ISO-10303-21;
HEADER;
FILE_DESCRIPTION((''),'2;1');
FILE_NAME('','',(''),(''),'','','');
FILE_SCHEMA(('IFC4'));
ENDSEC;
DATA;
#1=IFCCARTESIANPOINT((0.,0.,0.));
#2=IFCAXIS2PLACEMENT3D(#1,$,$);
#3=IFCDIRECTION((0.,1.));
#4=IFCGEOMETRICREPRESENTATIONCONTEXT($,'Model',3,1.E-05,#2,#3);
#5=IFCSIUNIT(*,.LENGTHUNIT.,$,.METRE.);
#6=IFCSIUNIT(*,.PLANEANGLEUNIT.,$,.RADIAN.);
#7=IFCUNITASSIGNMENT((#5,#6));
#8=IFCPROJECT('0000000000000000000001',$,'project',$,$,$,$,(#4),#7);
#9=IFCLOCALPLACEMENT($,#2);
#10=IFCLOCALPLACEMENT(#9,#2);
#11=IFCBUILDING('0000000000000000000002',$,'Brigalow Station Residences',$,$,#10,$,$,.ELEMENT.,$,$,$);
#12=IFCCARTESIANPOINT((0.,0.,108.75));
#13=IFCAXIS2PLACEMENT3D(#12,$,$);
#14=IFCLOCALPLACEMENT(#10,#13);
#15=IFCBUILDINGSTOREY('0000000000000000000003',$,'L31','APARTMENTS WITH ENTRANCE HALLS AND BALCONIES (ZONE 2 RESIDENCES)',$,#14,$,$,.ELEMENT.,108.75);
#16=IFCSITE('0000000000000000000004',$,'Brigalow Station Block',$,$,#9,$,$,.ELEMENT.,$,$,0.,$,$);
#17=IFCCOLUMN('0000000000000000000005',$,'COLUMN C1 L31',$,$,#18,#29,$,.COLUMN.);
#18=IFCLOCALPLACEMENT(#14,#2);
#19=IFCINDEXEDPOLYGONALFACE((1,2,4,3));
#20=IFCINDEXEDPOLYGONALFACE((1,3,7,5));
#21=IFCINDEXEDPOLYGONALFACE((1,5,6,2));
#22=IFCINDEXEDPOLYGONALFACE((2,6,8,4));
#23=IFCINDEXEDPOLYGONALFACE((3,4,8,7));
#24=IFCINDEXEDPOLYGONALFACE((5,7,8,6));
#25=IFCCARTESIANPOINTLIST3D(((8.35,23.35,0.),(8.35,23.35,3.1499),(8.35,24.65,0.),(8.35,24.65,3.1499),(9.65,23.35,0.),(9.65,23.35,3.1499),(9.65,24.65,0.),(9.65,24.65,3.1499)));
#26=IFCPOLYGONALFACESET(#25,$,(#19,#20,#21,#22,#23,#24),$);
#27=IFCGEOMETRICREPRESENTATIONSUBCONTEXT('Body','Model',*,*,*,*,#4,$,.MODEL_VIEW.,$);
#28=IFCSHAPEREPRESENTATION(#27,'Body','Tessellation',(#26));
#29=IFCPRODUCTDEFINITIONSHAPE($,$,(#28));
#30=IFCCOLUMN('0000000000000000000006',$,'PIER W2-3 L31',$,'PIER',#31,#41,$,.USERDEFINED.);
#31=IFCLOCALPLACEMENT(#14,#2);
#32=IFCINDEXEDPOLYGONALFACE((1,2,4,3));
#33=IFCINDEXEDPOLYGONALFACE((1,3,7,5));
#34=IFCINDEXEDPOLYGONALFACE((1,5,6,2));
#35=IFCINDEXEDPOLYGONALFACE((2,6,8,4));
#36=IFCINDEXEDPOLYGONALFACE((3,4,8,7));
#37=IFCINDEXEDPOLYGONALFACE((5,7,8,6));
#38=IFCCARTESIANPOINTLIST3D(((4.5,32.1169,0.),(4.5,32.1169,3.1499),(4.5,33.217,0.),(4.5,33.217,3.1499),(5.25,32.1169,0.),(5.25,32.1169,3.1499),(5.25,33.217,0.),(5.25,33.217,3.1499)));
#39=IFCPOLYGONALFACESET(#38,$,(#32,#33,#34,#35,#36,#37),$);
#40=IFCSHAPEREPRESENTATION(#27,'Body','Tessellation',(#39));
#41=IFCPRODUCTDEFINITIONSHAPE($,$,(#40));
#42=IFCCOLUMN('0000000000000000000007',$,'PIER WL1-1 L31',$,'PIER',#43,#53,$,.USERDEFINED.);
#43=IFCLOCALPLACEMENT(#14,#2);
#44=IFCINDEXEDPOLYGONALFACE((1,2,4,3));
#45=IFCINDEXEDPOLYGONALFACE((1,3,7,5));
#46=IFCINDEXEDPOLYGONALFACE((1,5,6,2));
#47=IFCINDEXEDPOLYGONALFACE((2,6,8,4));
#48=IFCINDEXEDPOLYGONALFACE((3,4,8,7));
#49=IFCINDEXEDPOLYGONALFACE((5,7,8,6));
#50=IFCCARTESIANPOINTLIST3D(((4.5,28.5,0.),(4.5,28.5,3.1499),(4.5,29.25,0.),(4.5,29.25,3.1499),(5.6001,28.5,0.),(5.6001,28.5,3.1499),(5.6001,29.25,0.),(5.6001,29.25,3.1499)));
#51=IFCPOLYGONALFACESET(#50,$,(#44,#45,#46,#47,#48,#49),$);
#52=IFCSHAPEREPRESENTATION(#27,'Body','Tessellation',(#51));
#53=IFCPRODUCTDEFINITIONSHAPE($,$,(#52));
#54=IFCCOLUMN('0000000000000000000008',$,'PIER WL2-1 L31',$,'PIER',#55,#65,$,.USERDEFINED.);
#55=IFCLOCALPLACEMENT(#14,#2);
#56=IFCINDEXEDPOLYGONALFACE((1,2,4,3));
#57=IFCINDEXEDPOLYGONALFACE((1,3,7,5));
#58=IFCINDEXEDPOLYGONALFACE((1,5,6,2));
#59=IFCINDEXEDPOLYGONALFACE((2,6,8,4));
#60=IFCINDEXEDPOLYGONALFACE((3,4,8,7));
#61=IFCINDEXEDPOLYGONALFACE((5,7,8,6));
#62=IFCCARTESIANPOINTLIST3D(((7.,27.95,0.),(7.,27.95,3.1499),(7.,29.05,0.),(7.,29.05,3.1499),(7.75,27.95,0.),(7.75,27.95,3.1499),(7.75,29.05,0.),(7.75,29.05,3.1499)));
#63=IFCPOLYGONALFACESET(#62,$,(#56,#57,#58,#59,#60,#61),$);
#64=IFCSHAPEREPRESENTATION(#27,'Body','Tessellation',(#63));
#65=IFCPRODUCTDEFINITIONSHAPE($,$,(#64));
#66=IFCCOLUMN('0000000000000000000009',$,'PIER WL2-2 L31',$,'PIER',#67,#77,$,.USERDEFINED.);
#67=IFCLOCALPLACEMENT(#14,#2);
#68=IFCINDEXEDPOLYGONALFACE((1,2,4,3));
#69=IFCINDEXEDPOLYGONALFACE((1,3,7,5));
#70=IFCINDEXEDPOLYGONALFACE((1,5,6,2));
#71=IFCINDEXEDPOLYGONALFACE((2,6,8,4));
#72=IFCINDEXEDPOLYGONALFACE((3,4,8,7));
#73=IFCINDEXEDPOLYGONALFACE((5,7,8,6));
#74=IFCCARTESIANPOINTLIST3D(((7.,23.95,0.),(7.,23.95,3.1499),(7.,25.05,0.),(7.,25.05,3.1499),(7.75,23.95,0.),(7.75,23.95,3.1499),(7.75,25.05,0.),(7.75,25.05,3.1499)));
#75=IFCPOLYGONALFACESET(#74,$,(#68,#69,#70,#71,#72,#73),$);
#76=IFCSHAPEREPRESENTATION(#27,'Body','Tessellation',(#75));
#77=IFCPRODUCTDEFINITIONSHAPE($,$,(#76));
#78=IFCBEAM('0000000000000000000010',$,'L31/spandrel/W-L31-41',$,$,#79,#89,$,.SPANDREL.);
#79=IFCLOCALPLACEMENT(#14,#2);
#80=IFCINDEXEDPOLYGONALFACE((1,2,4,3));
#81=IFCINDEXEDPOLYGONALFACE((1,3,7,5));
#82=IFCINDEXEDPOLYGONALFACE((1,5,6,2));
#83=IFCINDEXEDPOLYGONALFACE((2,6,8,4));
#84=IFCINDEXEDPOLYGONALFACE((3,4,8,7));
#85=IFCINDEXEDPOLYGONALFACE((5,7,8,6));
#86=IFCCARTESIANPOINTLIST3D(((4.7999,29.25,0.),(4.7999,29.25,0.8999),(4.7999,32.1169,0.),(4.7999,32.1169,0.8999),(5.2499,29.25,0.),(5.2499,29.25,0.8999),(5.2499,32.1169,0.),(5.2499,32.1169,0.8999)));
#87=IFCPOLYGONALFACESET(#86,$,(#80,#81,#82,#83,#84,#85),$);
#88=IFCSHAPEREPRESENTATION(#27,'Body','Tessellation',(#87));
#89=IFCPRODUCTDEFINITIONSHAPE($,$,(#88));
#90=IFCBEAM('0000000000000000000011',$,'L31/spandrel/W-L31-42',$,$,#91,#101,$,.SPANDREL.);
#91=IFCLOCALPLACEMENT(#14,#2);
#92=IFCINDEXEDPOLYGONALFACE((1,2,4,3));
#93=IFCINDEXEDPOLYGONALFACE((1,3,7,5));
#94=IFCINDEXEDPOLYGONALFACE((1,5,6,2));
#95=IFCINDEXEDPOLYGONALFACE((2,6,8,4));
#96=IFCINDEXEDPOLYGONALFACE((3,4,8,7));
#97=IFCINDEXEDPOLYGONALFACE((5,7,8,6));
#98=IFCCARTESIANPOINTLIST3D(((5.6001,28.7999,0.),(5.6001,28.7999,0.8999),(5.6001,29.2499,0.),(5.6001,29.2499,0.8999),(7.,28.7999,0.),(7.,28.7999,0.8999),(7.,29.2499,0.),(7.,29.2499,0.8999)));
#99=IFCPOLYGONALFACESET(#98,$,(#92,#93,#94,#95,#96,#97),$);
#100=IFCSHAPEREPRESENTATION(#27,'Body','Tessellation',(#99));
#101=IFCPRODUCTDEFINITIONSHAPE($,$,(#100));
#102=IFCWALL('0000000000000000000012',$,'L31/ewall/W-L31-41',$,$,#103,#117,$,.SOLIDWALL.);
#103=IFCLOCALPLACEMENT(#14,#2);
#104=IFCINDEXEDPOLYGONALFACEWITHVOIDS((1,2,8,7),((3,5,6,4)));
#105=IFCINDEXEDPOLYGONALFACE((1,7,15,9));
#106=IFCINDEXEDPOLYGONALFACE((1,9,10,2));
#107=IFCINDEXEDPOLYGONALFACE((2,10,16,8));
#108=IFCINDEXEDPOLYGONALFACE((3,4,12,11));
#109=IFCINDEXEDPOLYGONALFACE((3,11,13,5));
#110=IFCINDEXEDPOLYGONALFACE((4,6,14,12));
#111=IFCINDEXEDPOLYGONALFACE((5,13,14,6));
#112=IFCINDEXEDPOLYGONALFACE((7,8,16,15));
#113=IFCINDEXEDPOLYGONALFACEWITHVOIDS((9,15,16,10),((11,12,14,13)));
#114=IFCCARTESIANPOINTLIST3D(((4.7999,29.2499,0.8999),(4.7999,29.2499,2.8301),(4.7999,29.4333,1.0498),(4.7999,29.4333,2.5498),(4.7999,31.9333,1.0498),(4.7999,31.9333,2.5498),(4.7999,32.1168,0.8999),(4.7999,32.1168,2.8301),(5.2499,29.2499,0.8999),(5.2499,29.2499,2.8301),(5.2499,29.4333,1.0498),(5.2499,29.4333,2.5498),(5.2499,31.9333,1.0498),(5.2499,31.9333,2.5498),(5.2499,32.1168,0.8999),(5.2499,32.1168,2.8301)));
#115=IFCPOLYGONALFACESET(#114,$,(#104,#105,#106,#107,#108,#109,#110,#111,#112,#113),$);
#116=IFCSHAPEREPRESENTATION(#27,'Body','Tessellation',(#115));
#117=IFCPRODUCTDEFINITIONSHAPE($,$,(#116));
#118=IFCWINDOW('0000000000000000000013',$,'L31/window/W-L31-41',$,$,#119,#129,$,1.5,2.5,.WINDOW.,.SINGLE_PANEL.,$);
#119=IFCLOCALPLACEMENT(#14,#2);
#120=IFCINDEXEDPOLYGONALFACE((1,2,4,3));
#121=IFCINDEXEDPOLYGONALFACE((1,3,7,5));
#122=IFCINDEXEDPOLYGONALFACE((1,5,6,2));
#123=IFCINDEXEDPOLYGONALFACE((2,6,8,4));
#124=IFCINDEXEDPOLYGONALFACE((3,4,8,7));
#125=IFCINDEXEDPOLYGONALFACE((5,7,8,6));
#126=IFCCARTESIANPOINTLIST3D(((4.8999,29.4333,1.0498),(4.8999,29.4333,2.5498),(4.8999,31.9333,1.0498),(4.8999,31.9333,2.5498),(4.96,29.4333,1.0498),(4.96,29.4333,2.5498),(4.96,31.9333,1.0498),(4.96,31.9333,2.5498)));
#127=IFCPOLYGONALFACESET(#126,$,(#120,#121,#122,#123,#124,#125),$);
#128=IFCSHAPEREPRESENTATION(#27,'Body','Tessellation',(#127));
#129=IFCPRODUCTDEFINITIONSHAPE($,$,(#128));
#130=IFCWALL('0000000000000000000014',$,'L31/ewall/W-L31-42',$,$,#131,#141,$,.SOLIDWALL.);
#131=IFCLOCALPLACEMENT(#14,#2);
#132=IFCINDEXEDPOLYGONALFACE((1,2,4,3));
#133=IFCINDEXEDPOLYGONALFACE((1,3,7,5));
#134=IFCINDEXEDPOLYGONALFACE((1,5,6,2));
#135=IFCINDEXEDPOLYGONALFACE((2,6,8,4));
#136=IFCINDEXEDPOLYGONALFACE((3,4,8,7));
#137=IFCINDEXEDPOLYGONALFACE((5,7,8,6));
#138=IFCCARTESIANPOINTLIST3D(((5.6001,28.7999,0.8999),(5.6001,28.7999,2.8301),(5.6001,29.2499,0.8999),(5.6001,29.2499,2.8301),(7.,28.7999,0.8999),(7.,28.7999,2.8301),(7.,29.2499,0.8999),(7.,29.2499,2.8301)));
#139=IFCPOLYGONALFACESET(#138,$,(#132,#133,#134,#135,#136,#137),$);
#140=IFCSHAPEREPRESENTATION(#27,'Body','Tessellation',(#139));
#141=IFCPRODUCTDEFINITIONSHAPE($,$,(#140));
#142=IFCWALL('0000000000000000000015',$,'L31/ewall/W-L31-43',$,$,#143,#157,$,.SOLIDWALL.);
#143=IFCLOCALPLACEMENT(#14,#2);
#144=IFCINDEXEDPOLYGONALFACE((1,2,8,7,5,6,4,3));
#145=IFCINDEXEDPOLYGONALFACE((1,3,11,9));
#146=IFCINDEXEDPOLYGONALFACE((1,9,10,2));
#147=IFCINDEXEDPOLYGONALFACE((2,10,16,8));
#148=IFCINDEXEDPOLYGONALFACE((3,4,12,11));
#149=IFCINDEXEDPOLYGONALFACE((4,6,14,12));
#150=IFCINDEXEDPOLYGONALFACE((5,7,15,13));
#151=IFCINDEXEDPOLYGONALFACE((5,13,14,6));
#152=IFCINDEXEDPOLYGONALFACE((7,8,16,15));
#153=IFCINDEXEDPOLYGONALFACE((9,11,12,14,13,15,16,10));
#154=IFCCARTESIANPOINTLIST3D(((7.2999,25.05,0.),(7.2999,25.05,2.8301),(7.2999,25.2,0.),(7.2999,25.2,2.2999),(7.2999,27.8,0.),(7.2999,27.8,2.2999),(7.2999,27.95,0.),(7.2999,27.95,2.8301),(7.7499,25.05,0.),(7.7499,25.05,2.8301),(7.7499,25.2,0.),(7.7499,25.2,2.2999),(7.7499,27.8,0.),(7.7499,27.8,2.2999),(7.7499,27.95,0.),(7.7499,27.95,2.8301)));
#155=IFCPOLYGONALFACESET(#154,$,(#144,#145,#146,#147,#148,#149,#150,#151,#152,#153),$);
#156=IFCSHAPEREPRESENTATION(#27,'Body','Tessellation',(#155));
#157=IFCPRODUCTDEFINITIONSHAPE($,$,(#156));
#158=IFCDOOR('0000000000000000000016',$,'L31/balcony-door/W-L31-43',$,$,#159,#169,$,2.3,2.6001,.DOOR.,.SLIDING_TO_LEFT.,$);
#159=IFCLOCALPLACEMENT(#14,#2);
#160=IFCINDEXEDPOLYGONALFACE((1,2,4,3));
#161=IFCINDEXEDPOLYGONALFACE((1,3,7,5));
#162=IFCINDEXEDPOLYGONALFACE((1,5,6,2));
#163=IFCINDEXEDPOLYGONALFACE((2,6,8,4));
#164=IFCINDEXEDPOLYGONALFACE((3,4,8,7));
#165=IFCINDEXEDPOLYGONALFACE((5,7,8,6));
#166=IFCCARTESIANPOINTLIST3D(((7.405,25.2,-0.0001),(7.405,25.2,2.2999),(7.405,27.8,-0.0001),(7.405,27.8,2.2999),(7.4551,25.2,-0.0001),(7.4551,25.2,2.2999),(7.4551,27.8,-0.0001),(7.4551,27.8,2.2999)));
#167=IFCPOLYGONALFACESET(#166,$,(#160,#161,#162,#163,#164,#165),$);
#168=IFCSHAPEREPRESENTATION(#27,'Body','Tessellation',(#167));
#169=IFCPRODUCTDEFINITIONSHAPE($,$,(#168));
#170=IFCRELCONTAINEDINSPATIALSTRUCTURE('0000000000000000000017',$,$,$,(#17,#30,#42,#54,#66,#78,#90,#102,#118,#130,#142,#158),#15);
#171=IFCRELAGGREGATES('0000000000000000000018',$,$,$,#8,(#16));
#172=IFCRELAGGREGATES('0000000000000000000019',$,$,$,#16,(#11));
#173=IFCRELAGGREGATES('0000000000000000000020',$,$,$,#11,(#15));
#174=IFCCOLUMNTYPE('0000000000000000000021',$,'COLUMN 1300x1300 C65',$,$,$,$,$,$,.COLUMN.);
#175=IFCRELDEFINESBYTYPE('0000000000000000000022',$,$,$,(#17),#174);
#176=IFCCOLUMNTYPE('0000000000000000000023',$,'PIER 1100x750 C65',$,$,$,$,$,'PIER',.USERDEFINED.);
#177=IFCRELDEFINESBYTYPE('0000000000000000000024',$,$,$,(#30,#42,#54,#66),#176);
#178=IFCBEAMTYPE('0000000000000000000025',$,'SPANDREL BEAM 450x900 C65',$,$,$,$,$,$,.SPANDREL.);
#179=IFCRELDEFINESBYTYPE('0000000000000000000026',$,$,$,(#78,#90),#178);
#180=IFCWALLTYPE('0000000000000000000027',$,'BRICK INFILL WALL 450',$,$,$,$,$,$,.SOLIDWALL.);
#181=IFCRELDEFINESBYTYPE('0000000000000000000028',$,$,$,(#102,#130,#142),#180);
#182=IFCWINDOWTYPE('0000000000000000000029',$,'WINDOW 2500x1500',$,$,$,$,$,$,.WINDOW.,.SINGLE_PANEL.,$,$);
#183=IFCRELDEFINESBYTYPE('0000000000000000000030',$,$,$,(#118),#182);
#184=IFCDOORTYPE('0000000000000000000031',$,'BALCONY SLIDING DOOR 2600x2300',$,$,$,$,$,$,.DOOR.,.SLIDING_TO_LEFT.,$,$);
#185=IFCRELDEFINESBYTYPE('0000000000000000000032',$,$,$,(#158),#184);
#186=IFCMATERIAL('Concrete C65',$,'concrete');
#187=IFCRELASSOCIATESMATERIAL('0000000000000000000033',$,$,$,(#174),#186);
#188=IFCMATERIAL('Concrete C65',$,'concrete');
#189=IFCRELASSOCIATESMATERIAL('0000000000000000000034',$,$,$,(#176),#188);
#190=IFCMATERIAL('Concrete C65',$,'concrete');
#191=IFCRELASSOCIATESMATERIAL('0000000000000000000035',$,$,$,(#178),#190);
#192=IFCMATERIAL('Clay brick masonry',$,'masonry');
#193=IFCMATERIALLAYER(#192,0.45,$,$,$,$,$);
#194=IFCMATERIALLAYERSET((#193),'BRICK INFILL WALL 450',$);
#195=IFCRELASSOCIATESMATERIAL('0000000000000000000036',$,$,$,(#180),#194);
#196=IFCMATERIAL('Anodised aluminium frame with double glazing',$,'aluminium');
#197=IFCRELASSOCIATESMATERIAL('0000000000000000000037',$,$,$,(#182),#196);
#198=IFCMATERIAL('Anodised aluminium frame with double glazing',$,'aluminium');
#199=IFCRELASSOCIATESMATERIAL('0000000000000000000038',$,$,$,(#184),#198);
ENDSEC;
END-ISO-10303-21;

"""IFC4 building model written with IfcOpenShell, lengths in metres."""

from ifc_helpers import new_model, si_unit, direction, frame, frame_2d, origin, origin_2d, place, context, subcontext, project, spatial, rectangle, extrude, material, layer, layer_set, material_profile, profile_set, type_object, element, fill, save


model = new_model("IFC4")

# Units and contexts
model_context = context("Model", 3, precision=1e-05, world=origin(), true_north=direction((0.0, 1.0)))
body_context = subcontext(model_context, "Body", "Model", "MODEL_VIEW")
ifc_project = project(units=[si_unit("LENGTHUNIT", "METRE"), si_unit("PLANEANGLEUNIT", "RADIAN")], contexts=[model_context])

# Site, building, storey
site_placement = place(None, origin())
site = spatial("IfcSite", under=ifc_project, at=site_placement, Name="Brigalow Station Block", CompositionType="ELEMENT", RefElevation=0.0)
building_placement = place(site_placement, origin())
building = spatial("IfcBuilding", under=site, at=building_placement, Name="Brigalow Station Residences", CompositionType="ELEMENT")
storey_placement = place(building_placement, frame((0.0, 0.0, 108.75)))
storey = spatial("IfcBuildingStorey", under=building, at=storey_placement, Name="L31", Description="APARTMENTS WITH ENTRANCE HALLS AND BALCONIES (ZONE 2 RESIDENCES)", CompositionType="ELEMENT", Elevation=108.75)

# Columns
ifc_material_1 = material(Name="Concrete C65", Category="concrete")
ifc_material_profile_1 = material_profile(ifc_material_1, rectangle(XDim=1.3, YDim=1.3, at=origin_2d()), Name="RC1300x1300")
ifc_profile_set_1 = profile_set([ifc_material_profile_1], Name="Concrete C65")
column_type_1 = type_object("IfcColumnType", Name="COLUMN 1300x1300 C65", PredefinedType="COLUMN", material=ifc_profile_set_1)
column_placement = place(storey_placement, frame((9.0, 24.0, 0.0), z_axis=(0.0, 0.0, 1.0), x_axis=(1.0, 0.0, 0.0)))
element("IfcColumn", 1, at=column_placement, inside=storey, type_object=column_type_1, Name="COLUMN C1 L31", PredefinedType="COLUMN", context=body_context, shape_type="SweptSolid", body=[
    extrude(rectangle(XDim=1.3, YDim=1.3, at=origin_2d()), origin(), (0.0, 0.0, 1.0), 3.1499),
])
ifc_material_2 = material(Name="Concrete C65", Category="concrete")
ifc_material_profile_2 = material_profile(ifc_material_2, rectangle(XDim=1.1001, YDim=0.75, at=origin_2d()), Name="RC1100x750")
ifc_profile_set_2 = profile_set([ifc_material_profile_2], Name="Concrete C65")
column_type_2 = type_object("IfcColumnType", Name="PIER 1100x750 C65", ElementType="PIER", PredefinedType="USERDEFINED", material=ifc_profile_set_2)
for number, where, z_axis, x_axis, name in (
    (2, (4.875, 32.667, 0.0), (0.0, 0.0, 1.0), (0.0, -1.0, 0.0), "PIER W2-3 L31"),
    (3, (5.05, 28.875, 0.0), (0.0, 0.0, 1.0), (1.0, 0.0, 0.0), "PIER WL1-1 L31"),
    (4, (7.375, 28.5, 0.0), (0.0, 0.0, 1.0), (0.0, -1.0, 0.0), "PIER WL2-1 L31"),
    (5, (7.375, 24.5, 0.0), (0.0, 0.0, 1.0), (0.0, -1.0, 0.0), "PIER WL2-2 L31"),
):
    element("IfcColumn", number, at=place(storey_placement, frame(where, z_axis=z_axis, x_axis=x_axis)), inside=storey, type_object=column_type_2, Name=name, ObjectType="PIER", PredefinedType="USERDEFINED", context=body_context, shape_type="SweptSolid", body=[
        extrude(rectangle(XDim=1.1001, YDim=0.75, at=origin_2d()), origin(), (0.0, 0.0, 1.0), 3.1499),
    ])

# Beams
ifc_material_3 = material(Name="Concrete C65", Category="concrete")
ifc_material_profile_3 = material_profile(ifc_material_3, rectangle(XDim=0.45, YDim=0.8999, at=origin_2d()), Name="RC450x900")
ifc_profile_set_3 = profile_set([ifc_material_profile_3], Name="Concrete C65")
beam_type = type_object("IfcBeamType", Name="SPANDREL BEAM 450x900 C65", PredefinedType="SPANDREL", material=ifc_profile_set_3)
beam_1_placement = place(storey_placement, frame((5.0249, 32.1169, 0.45), z_axis=(0.0, -1.0, 0.0), x_axis=(1.0, 0.0, 0.0)))
element("IfcBeam", 6, at=beam_1_placement, inside=storey, type_object=beam_type, Name="L31/spandrel/W-L31-41", PredefinedType="SPANDREL", context=body_context, shape_type="SweptSolid", body=[
    extrude(rectangle(XDim=0.45, YDim=0.8999, at=origin_2d()), origin(), (0.0, 0.0, 1.0), 2.8669),
])
beam_2_placement = place(storey_placement, frame((5.6001, 29.0249, 0.45), z_axis=(1.0, 0.0, 0.0), x_axis=(0.0, 1.0, 0.0)))
element("IfcBeam", 7, at=beam_2_placement, inside=storey, type_object=beam_type, Name="L31/spandrel/W-L31-42", PredefinedType="SPANDREL", context=body_context, shape_type="SweptSolid", body=[
    extrude(rectangle(XDim=0.45, YDim=0.8999, at=origin_2d()), origin(), (0.0, 0.0, 1.0), 1.3999),
])

# Wall, opening, window
ifc_material_4 = material(Name="Clay brick masonry", Category="masonry")
ifc_layer_1 = layer(ifc_material_4, 0.45)
ifc_layer_set_1 = layer_set([ifc_layer_1], Name="BRICK INFILL WALL 450")
wall_type_1 = type_object("IfcWallType", Name="BRICK INFILL WALL 450", PredefinedType="SOLIDWALL", material=ifc_layer_set_1)
wall_1_placement = place(storey_placement, frame((5.0249, 32.1169, 0.8999), z_axis=(0.0, 0.0, 1.0), x_axis=(0.0, -1.0, 0.0)))
wall_1 = element("IfcWall", 8, at=wall_1_placement, inside=storey, type_object=wall_type_1, Name="L31/ewall/W-L31-41", PredefinedType="SOLIDWALL", context=body_context, shape_type="SweptSolid", body=[
    extrude(rectangle(XDim=2.8669, YDim=0.45, at=frame_2d((1.4336, 0.0))), origin(), (0.0, 0.0, 1.0), 1.9302),
])
opening_1_placement = place(wall_1_placement, frame((0.1836, 0.0, 0.1499)))
opening_1 = element("IfcOpeningElement", 9, at=opening_1_placement, cuts=wall_1, PredefinedType="OPENING", context=body_context, shape_type="SweptSolid", body=[
    extrude(rectangle(XDim=2.5, YDim=1.5, at=frame_2d((1.25, 0.75))), frame((0.0, 0.2349, 0.0), z_axis=(0.0, -1.0, 0.0), x_axis=(1.0, 0.0, 0.0)), (0.0, 0.0, 1.0), 0.47),
])
ifc_material_5 = material(Name="Anodised aluminium frame with double glazing", Category="aluminium")
window_type = type_object("IfcWindowType", Name="WINDOW 2500x1500", PartitioningType="SINGLE_PANEL", PredefinedType="WINDOW", material=ifc_material_5)
window_placement = place(opening_1_placement, origin())
window = element("IfcWindow", 10, at=window_placement, inside=storey, type_object=window_type, Name="L31/window/W-L31-41", OverallHeight=1.5, OverallWidth=2.5, PartitioningType="SINGLE_PANEL", PredefinedType="WINDOW", context=body_context, shape_type="SweptSolid", body=[
    extrude(rectangle(XDim=2.5, YDim=1.5, at=frame_2d((1.25, 0.75))), frame((0.0, -0.0649, 0.0), z_axis=(0.0, -1.0, 0.0), x_axis=(1.0, 0.0, 0.0)), (0.0, 0.0, 1.0), 0.0601),
])
fill(opening_1, window)

# Wall
wall_2_placement = place(storey_placement, frame((5.6001, 29.0249, 0.8999), z_axis=(0.0, 0.0, 1.0), x_axis=(1.0, 0.0, 0.0)))
element("IfcWall", 11, at=wall_2_placement, inside=storey, type_object=wall_type_1, Name="L31/ewall/W-L31-42", PredefinedType="SOLIDWALL", context=body_context, shape_type="SweptSolid", body=[
    extrude(rectangle(XDim=1.3999, YDim=0.45, at=frame_2d((0.7, 0.0))), origin(), (0.0, 0.0, 1.0), 1.9302),
])

# Wall, opening, door
wall_3_placement = place(storey_placement, frame((7.5249, 27.95, 0.0), z_axis=(0.0, 0.0, 1.0), x_axis=(0.0, -1.0, 0.0)))
wall_3 = element("IfcWall", 12, at=wall_3_placement, inside=storey, type_object=wall_type_1, Name="L31/ewall/W-L31-43", PredefinedType="SOLIDWALL", context=body_context, shape_type="SweptSolid", body=[
    extrude(rectangle(XDim=2.8999, YDim=0.45, at=frame_2d((1.45, 0.0))), origin(), (0.0, 0.0, 1.0), 2.8301),
])
opening_2_placement = place(wall_3_placement, frame((0.1499, 0.0, 0.0)))
opening_2 = element("IfcOpeningElement", 13, at=opening_2_placement, cuts=wall_3, PredefinedType="OPENING", context=body_context, shape_type="SweptSolid", body=[
    extrude(rectangle(XDim=2.6001, YDim=2.3, at=frame_2d((1.3, 1.1499))), frame((0.0, 0.2349, 0.0), z_axis=(0.0, -1.0, 0.0), x_axis=(1.0, 0.0, 0.0)), (0.0, 0.0, 1.0), 0.47),
])
ifc_material_6 = material(Name="Anodised aluminium frame with double glazing", Category="aluminium")
door_type_1 = type_object("IfcDoorType", Name="BALCONY SLIDING DOOR 2600x2300", OperationType="SLIDING_TO_LEFT", PredefinedType="DOOR", material=ifc_material_6)
door_1_placement = place(opening_2_placement, origin())
door_1 = element("IfcDoor", 14, at=door_1_placement, inside=storey, type_object=door_type_1, Name="L31/balcony-door/W-L31-43", OperationType="SLIDING_TO_LEFT", OverallHeight=2.3, OverallWidth=2.6001, PredefinedType="DOOR", context=body_context, shape_type="SweptSolid", body=[
    extrude(rectangle(XDim=2.6001, YDim=2.3, at=frame_2d((1.3, 1.1499))), frame((0.0, -0.0698, 0.0), z_axis=(0.0, -1.0, 0.0), x_axis=(1.0, 0.0, 0.0)), (0.0, 0.0, 1.0), 0.05),
])
fill(opening_2, door_1)

save(model, "model.ifc")
